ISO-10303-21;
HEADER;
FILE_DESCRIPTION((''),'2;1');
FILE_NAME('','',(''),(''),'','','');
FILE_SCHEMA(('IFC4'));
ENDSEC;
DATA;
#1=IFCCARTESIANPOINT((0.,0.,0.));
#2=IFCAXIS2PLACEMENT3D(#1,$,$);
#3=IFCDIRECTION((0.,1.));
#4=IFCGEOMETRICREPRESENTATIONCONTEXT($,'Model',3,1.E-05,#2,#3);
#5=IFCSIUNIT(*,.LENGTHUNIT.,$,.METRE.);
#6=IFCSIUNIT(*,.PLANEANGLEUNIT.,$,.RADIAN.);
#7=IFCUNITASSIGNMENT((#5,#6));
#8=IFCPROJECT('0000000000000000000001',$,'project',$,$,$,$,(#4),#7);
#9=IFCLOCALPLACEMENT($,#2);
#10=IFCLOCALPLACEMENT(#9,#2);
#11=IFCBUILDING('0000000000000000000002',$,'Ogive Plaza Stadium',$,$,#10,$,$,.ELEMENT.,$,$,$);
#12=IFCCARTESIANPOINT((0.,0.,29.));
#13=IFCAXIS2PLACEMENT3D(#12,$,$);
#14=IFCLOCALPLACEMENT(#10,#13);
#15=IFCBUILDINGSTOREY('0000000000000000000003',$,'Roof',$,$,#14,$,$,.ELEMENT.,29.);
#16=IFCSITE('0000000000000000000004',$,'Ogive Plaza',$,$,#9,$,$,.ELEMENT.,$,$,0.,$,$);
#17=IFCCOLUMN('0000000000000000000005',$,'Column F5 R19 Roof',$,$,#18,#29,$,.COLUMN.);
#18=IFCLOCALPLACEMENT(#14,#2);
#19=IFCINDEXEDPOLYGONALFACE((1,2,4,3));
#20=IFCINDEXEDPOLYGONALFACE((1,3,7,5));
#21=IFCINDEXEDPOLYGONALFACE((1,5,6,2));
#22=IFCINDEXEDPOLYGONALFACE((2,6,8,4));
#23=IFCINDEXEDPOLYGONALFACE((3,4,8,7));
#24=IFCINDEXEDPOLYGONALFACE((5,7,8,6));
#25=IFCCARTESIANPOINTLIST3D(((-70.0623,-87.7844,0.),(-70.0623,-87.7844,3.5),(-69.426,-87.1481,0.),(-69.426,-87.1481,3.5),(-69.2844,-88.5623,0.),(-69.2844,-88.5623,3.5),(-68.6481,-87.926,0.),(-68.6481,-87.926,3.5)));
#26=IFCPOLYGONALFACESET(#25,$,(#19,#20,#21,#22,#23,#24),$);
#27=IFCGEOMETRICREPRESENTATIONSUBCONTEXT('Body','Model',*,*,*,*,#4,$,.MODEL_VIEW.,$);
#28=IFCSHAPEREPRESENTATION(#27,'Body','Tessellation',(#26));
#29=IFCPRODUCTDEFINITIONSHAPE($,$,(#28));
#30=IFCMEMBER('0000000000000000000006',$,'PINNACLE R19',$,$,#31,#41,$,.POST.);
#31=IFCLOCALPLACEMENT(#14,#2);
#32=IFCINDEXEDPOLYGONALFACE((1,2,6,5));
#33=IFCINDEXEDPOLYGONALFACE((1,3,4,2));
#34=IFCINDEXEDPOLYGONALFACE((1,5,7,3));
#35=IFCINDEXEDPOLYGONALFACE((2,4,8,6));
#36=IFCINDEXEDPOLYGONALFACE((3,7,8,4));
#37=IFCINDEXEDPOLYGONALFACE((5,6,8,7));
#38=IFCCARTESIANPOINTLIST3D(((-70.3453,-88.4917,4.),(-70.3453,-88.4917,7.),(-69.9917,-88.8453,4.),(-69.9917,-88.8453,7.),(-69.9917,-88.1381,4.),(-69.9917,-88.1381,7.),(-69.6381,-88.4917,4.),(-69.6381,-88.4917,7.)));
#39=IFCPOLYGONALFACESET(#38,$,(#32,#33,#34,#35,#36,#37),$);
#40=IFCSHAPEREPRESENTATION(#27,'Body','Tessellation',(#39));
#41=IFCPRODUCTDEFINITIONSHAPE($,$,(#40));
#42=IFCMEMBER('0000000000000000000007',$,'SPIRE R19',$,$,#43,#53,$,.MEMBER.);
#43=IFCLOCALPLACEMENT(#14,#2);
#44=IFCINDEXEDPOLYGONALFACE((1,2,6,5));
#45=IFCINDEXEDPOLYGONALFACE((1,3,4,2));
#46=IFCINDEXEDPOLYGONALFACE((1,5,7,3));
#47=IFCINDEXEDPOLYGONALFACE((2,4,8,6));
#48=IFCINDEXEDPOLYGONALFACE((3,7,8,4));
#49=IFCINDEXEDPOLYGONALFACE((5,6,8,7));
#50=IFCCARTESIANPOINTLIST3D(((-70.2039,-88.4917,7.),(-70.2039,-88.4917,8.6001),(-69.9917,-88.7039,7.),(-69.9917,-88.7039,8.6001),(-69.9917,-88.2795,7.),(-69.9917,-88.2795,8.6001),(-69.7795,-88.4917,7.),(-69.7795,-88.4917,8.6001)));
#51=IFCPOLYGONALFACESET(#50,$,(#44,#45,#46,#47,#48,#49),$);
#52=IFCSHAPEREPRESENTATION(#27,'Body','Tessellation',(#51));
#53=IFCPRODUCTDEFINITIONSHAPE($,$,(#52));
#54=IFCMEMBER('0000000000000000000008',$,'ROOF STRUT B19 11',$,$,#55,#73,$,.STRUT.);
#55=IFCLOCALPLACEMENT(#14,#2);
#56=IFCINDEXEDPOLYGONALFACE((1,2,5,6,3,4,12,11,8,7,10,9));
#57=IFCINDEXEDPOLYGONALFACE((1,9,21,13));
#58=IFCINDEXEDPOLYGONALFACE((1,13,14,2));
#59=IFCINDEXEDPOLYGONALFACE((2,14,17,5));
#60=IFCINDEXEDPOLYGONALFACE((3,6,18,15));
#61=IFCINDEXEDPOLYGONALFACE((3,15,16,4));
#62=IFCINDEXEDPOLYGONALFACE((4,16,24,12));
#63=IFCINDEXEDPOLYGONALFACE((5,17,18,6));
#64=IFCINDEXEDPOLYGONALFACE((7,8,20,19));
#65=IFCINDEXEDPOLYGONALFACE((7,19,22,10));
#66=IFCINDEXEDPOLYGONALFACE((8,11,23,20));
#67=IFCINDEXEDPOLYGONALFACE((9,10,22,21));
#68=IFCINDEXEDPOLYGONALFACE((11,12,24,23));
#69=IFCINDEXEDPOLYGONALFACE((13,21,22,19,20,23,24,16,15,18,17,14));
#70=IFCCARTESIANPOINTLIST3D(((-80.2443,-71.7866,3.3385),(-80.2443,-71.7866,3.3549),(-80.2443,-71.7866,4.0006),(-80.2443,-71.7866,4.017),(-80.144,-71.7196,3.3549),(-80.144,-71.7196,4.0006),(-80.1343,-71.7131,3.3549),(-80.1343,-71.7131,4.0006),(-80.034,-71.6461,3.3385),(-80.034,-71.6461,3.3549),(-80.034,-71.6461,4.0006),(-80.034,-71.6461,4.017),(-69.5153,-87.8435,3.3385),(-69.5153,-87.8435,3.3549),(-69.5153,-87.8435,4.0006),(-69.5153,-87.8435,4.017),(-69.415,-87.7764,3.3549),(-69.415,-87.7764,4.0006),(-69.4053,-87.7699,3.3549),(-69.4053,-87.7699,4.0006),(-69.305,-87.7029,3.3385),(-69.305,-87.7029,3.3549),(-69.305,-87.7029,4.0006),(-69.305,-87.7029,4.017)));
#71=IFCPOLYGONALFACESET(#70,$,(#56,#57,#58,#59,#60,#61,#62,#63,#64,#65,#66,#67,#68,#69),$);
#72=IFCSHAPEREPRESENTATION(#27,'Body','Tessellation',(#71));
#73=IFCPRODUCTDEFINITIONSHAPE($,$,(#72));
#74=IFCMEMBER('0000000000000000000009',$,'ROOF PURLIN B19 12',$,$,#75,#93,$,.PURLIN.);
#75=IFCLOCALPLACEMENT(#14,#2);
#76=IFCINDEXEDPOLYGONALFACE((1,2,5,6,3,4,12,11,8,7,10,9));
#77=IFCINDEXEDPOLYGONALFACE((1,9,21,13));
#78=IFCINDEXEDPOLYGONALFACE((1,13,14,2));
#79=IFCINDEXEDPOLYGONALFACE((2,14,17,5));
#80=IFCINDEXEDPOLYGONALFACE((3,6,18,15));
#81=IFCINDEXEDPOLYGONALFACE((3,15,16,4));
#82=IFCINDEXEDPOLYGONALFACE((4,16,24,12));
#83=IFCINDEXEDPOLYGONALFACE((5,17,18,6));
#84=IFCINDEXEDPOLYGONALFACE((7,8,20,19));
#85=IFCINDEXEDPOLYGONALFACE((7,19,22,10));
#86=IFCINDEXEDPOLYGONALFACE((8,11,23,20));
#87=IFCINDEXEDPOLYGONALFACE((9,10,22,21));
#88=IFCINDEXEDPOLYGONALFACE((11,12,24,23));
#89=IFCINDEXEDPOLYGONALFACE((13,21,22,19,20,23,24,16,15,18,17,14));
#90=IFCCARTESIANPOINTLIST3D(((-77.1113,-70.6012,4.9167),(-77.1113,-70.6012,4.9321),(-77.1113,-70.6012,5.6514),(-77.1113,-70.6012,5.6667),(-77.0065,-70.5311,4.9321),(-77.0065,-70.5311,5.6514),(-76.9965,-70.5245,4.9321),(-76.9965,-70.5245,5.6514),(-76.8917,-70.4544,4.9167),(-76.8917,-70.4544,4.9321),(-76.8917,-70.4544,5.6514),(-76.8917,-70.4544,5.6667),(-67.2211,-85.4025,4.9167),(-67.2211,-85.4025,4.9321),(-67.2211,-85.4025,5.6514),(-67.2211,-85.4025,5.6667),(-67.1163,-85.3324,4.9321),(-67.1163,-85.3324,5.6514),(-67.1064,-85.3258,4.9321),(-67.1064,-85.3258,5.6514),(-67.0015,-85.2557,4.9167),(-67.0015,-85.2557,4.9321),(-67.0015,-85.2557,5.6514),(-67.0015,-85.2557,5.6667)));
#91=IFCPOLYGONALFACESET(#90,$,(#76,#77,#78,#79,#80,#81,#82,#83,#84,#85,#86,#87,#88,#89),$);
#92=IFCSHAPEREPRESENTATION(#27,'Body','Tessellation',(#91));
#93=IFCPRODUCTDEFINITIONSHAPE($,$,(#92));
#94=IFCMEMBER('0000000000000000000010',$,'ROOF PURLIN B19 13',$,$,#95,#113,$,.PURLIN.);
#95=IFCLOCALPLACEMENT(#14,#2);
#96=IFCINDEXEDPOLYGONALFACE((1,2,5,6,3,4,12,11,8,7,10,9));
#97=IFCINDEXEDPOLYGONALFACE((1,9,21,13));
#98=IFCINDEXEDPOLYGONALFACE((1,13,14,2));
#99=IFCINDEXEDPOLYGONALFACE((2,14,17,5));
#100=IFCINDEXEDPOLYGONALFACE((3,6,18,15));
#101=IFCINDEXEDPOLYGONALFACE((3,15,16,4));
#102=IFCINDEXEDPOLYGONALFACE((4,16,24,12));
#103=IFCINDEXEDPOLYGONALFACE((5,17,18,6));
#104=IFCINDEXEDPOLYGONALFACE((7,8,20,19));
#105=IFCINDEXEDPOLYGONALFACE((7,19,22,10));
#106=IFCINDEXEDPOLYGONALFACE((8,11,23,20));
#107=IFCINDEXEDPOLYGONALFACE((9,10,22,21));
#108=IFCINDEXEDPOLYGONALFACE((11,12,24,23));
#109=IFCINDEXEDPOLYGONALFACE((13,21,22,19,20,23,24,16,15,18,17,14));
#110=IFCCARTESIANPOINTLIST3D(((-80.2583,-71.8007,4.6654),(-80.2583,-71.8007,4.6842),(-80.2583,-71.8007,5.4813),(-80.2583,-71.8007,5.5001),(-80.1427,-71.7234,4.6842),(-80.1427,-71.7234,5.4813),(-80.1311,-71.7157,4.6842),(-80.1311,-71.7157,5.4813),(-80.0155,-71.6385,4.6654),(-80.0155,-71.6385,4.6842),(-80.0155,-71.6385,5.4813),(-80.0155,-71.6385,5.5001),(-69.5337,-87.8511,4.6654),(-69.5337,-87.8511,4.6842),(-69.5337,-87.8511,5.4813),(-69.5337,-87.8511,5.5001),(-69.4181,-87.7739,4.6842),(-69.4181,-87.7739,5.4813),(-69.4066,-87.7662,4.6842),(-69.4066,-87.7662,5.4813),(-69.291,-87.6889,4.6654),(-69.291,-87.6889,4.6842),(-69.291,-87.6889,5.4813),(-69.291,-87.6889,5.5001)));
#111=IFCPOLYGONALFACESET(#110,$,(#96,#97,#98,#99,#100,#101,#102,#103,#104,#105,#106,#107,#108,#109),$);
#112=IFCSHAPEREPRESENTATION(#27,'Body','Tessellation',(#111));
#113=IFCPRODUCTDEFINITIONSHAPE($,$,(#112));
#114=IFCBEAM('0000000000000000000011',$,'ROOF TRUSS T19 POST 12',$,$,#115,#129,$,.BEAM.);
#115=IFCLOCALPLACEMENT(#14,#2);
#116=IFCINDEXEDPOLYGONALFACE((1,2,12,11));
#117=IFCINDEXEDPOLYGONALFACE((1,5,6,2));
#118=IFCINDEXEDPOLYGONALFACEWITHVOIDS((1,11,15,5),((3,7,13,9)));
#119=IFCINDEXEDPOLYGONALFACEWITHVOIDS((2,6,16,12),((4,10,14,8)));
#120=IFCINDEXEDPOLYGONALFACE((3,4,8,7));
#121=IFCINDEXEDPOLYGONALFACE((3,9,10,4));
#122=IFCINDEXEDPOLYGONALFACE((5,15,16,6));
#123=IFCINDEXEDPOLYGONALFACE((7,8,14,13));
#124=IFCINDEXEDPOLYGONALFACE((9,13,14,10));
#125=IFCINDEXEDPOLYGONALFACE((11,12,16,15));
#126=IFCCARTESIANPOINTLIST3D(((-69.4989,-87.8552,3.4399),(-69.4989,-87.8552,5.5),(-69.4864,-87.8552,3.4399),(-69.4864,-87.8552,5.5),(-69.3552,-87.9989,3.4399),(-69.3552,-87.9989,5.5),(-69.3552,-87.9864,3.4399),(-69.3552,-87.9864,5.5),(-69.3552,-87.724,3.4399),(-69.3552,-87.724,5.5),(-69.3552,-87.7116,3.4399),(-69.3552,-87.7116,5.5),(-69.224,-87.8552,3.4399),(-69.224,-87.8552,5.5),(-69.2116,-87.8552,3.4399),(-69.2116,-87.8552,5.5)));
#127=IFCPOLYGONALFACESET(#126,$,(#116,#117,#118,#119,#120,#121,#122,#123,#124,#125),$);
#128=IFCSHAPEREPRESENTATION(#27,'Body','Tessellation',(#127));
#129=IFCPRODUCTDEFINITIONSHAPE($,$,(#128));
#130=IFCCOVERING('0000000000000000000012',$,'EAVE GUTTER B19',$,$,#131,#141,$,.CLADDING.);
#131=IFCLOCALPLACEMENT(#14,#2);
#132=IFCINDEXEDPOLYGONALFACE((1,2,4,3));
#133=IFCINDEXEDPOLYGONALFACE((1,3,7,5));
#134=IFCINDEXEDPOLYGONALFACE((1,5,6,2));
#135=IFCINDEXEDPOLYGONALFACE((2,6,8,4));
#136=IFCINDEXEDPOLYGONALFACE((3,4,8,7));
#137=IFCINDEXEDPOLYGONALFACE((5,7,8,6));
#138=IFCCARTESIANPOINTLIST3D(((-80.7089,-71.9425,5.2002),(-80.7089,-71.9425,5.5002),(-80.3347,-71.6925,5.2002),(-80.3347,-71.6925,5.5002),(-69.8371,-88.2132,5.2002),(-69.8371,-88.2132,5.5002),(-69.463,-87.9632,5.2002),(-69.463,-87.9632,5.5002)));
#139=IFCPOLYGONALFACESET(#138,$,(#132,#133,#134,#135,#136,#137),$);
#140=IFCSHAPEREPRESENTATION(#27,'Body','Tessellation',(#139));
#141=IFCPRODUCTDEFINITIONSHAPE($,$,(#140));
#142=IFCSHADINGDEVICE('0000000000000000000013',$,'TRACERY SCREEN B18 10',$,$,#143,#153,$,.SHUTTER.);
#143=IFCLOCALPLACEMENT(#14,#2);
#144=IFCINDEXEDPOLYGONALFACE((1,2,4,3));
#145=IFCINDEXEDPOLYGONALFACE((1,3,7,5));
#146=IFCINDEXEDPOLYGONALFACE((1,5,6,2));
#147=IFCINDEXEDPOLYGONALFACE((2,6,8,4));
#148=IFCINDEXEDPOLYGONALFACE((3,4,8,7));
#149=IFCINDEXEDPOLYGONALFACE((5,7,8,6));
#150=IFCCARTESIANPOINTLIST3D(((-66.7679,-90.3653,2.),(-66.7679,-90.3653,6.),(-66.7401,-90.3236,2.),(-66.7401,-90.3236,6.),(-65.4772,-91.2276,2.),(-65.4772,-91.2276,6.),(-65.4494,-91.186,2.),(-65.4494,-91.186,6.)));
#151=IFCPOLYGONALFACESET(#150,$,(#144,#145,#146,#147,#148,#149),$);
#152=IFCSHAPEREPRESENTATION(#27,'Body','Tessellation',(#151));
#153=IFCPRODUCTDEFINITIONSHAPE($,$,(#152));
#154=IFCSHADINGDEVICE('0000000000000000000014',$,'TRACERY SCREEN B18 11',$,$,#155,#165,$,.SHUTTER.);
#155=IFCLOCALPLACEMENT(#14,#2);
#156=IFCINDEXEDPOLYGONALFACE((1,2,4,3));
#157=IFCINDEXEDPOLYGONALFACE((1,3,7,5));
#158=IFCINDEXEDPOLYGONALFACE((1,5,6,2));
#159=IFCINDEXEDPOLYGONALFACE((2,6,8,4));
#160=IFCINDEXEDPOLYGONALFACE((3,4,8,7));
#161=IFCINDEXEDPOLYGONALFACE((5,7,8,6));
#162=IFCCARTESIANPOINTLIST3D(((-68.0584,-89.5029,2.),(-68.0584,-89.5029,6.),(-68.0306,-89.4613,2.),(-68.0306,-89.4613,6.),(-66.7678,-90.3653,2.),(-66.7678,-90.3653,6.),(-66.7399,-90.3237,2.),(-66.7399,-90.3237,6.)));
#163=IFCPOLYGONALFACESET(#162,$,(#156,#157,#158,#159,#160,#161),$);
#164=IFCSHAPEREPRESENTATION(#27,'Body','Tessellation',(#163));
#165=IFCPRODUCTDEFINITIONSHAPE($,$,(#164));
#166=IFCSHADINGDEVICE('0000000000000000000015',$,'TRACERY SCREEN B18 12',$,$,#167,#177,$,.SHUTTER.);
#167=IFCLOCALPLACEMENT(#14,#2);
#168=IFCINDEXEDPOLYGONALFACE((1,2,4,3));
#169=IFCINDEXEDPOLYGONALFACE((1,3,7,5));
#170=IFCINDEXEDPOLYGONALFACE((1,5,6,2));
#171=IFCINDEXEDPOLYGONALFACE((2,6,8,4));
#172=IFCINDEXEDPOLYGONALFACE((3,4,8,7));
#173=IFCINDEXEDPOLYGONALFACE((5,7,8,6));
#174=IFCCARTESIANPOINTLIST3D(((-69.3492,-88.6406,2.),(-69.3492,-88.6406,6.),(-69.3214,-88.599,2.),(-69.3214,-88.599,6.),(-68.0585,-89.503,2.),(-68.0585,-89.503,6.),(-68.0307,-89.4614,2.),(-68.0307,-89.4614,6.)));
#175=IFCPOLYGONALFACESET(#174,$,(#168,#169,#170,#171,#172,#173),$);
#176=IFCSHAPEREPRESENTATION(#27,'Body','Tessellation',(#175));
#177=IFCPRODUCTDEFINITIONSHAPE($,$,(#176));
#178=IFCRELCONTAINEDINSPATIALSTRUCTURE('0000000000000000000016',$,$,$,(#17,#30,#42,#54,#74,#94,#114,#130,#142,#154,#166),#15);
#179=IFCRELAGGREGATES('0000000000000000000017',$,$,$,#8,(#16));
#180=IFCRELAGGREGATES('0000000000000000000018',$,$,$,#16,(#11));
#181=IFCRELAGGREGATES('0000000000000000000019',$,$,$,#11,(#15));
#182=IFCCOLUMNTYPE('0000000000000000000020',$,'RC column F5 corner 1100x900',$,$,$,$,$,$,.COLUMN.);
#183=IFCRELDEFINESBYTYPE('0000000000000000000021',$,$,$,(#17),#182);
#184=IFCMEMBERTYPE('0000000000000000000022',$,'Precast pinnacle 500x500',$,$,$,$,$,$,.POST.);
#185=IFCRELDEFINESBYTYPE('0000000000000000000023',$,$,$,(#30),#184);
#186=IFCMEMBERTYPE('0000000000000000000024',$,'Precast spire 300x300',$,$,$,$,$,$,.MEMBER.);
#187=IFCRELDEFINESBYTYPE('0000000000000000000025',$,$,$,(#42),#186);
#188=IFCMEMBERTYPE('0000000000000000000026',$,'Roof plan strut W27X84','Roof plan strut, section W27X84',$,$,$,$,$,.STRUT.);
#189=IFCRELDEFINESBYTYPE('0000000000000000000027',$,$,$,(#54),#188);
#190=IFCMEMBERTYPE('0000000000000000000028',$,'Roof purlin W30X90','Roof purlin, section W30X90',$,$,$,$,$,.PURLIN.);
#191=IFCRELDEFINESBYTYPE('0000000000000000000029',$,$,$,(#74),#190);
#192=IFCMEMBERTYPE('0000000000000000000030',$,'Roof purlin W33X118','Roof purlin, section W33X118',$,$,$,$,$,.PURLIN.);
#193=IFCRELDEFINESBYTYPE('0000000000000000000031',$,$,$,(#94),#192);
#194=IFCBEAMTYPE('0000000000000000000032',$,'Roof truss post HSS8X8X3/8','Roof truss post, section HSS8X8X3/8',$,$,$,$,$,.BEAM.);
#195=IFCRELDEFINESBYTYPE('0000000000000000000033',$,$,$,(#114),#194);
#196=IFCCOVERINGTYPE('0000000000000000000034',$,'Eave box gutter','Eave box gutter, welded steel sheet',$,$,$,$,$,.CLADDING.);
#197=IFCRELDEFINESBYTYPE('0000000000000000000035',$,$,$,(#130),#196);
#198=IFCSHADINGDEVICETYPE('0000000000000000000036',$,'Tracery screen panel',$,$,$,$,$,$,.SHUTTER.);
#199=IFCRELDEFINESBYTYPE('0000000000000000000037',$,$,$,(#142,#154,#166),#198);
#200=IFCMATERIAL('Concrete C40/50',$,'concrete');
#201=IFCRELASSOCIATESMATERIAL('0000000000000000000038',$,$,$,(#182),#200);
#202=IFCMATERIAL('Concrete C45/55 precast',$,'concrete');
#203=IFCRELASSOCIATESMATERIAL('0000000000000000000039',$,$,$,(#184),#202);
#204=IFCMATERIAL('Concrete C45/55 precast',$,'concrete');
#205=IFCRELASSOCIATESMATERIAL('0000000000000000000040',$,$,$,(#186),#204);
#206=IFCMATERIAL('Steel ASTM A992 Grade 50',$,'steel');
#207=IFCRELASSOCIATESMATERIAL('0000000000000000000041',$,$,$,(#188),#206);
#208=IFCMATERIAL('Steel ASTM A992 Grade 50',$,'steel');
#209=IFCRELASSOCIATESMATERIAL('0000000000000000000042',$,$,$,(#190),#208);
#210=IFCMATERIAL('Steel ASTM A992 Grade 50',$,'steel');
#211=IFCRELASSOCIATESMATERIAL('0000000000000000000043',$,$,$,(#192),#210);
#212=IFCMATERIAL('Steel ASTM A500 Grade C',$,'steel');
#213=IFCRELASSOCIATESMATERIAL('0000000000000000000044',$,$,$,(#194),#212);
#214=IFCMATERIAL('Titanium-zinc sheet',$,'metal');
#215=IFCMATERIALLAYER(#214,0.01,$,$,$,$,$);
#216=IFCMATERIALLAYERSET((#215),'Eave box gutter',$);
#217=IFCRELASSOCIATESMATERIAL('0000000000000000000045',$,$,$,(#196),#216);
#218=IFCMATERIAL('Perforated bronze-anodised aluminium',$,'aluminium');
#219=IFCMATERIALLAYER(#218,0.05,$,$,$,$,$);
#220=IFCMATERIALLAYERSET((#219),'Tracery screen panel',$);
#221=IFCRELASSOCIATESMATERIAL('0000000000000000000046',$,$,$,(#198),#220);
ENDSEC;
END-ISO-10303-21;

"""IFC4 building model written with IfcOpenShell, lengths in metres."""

from ifc_helpers import new_model, si_unit, direction, frame, origin, origin_2d, place, context, subcontext, project, spatial, rectangle, hollow_rectangle, i_section, extrude, material, layer, layer_set, material_profile, profile_set, type_object, element, save


model = new_model("IFC4")

# Units and contexts
model_context = context("Model", 3, precision=1e-05, world=origin(), true_north=direction((0.0, 1.0)))
body_context = subcontext(model_context, "Body", "Model", "MODEL_VIEW")
ifc_project = project(units=[si_unit("LENGTHUNIT", "METRE"), si_unit("PLANEANGLEUNIT", "RADIAN")], contexts=[model_context])

# Site, building, storey
site_placement = place(None, origin())
site = spatial("IfcSite", under=ifc_project, at=site_placement, Name="Ogive Plaza", CompositionType="ELEMENT", RefElevation=0.0)
building_placement = place(site_placement, origin())
building = spatial("IfcBuilding", under=site, at=building_placement, Name="Ogive Plaza Stadium", CompositionType="ELEMENT")
storey_placement = place(building_placement, frame((0.0, 0.0, 29.0)))
storey = spatial("IfcBuildingStorey", under=building, at=storey_placement, Name="Roof", CompositionType="ELEMENT", Elevation=29.0)

# Column
ifc_material_1 = material(Name="Concrete C40/50", Category="concrete")
ifc_material_profile_1 = material_profile(ifc_material_1, rectangle(XDim=1.1001, YDim=0.8999, at=origin_2d()), Name="RC 1100x900")
ifc_profile_set_1 = profile_set([ifc_material_profile_1], Name="Concrete C40/50")
column_type = type_object("IfcColumnType", Name="RC column F5 corner 1100x900", PredefinedType="COLUMN", material=ifc_profile_set_1)
column_placement = place(storey_placement, frame((-69.3552, -87.8552, 0.0), z_axis=(0.0, 0.0, 1.0), x_axis=(0.707107, -0.707107, 0.0)))
element("IfcColumn", 1, at=column_placement, inside=storey, type_object=column_type, Name="Column F5 R19 Roof", PredefinedType="COLUMN", context=body_context, shape_type="SweptSolid", body=[
    extrude(rectangle(XDim=1.1001, YDim=0.8999, at=origin_2d()), origin(), (0.0, 0.0, 1.0), 3.5),
])

# Members
ifc_material_2 = material(Name="Concrete C45/55 precast", Category="concrete")
ifc_material_profile_2 = material_profile(ifc_material_2, rectangle(XDim=0.5, YDim=0.5, at=origin_2d()), Name="RC 500x500")
ifc_profile_set_2 = profile_set([ifc_material_profile_2], Name="Concrete C45/55 precast")
member_type_1 = type_object("IfcMemberType", Name="Precast pinnacle 500x500", PredefinedType="POST", material=ifc_profile_set_2)
member_1_placement = place(storey_placement, frame((-69.9917, -88.4917, 4.0), z_axis=(0.0, 0.0, 1.0), x_axis=(0.707107, -0.707107, 0.0)))
element("IfcMember", 2, at=member_1_placement, inside=storey, type_object=member_type_1, Name="PINNACLE R19", PredefinedType="POST", context=body_context, shape_type="SweptSolid", body=[
    extrude(rectangle(XDim=0.5, YDim=0.5, at=origin_2d()), origin(), (0.0, 0.0, 1.0), 3.0),
])
ifc_material_3 = material(Name="Concrete C45/55 precast", Category="concrete")
ifc_material_profile_3 = material_profile(ifc_material_3, rectangle(XDim=0.3, YDim=0.3, at=origin_2d()), Name="RC 300x300")
ifc_profile_set_3 = profile_set([ifc_material_profile_3], Name="Concrete C45/55 precast")
member_type_2 = type_object("IfcMemberType", Name="Precast spire 300x300", PredefinedType="MEMBER", material=ifc_profile_set_3)
member_2_placement = place(storey_placement, frame((-69.9917, -88.4917, 7.0), z_axis=(0.0, 0.0, 1.0), x_axis=(0.707107, -0.707107, 0.0)))
element("IfcMember", 3, at=member_2_placement, inside=storey, type_object=member_type_2, Name="SPIRE R19", PredefinedType="MEMBER", context=body_context, shape_type="SweptSolid", body=[
    extrude(rectangle(XDim=0.3, YDim=0.3, at=origin_2d()), origin(), (0.0, 0.0, 1.0), 1.6001),
])
ifc_material_4 = material(Name="Steel ASTM A992 Grade 50", Category="steel")
ifc_material_profile_4 = material_profile(ifc_material_4, i_section(OverallWidth=0.2529, OverallDepth=0.6785, WebThickness=0.0117, FlangeThickness=0.0164, at=origin_2d()), Name="W27X84")
ifc_profile_set_4 = profile_set([ifc_material_profile_4], Name="Steel ASTM A992 Grade 50")
member_type_3 = type_object("IfcMemberType", Name="Roof plan strut W27X84", Description="Roof plan strut, section W27X84", PredefinedType="STRUT", material=ifc_profile_set_4)
member_3_placement = place(storey_placement, frame((-69.4102, -87.7732, 3.6777), z_axis=(-0.555575, 0.831466, 0.0), x_axis=(-0.831466, -0.555575, 0.0)))
element("IfcMember", 4, at=member_3_placement, inside=storey, type_object=member_type_3, Name="ROOF STRUT B19 11", PredefinedType="STRUT", context=body_context, shape_type="SweptSolid", body=[
    extrude(i_section(OverallWidth=0.2529, OverallDepth=0.6785, WebThickness=0.0117, FlangeThickness=0.0164, at=origin_2d()), origin(), (0.0, 0.0, 1.0), 19.3115),
])
ifc_material_5 = material(Name="Steel ASTM A992 Grade 50", Category="steel")
ifc_material_profile_5 = material_profile(ifc_material_5, i_section(OverallWidth=0.2642, OverallDepth=0.75, WebThickness=0.012, FlangeThickness=0.0154, at=origin_2d()), Name="W30X90")
ifc_profile_set_5 = profile_set([ifc_material_profile_5], Name="Steel ASTM A992 Grade 50")
member_type_4 = type_object("IfcMemberType", Name="Roof purlin W30X90", Description="Roof purlin, section W30X90", PredefinedType="PURLIN", material=ifc_profile_set_5)
member_4_placement = place(storey_placement, frame((-67.1113, -85.3291, 5.2917), z_axis=(-0.55558, 0.831463, 0.0), x_axis=(-0.831463, -0.55558, 0.0)))
element("IfcMember", 5, at=member_4_placement, inside=storey, type_object=member_type_4, Name="ROOF PURLIN B19 12", PredefinedType="PURLIN", context=body_context, shape_type="SweptSolid", body=[
    extrude(i_section(OverallWidth=0.2642, OverallDepth=0.75, WebThickness=0.012, FlangeThickness=0.0154, at=origin_2d()), origin(), (0.0, 0.0, 1.0), 17.8015),
])
ifc_material_6 = material(Name="Steel ASTM A992 Grade 50", Category="steel")
ifc_material_profile_6 = material_profile(ifc_material_6, i_section(OverallWidth=0.292, OverallDepth=0.8347, WebThickness=0.0139, FlangeThickness=0.0188, at=origin_2d()), Name="W33X118")
ifc_profile_set_6 = profile_set([ifc_material_profile_6], Name="Steel ASTM A992 Grade 50")
member_type_5 = type_object("IfcMemberType", Name="Roof purlin W33X118", Description="Roof purlin, section W33X118", PredefinedType="PURLIN", material=ifc_profile_set_6)
member_5_placement = place(storey_placement, frame((-69.4124, -87.77, 5.0828), z_axis=(-0.55557, 0.83147, 0.0), x_axis=(-0.83147, -0.55557, 0.0)))
element("IfcMember", 6, at=member_5_placement, inside=storey, type_object=member_type_5, Name="ROOF PURLIN B19 13", PredefinedType="PURLIN", context=body_context, shape_type="SweptSolid", body=[
    extrude(i_section(OverallWidth=0.292, OverallDepth=0.8347, WebThickness=0.0139, FlangeThickness=0.0188, at=origin_2d()), origin(), (0.0, 0.0, 1.0), 19.3037),
])

# Beam
ifc_material_7 = material(Name="Steel ASTM A500 Grade C", Category="steel")
ifc_material_profile_7 = material_profile(ifc_material_7, hollow_rectangle(XDim=0.2031, YDim=0.2031, WallThickness=0.0088, at=origin_2d()), Name="HSS8X8X3/8")
ifc_profile_set_7 = profile_set([ifc_material_profile_7], Name="Steel ASTM A500 Grade C")
beam_type = type_object("IfcBeamType", Name="Roof truss post HSS8X8X3/8", Description="Roof truss post, section HSS8X8X3/8", PredefinedType="BEAM", material=ifc_profile_set_7)
beam_placement = place(storey_placement, frame((-69.3552, -87.8552, 3.4399), z_axis=(0.0, 0.0, 1.0), x_axis=(0.707107, -0.707107, 0.0)))
element("IfcBeam", 7, at=beam_placement, inside=storey, type_object=beam_type, Name="ROOF TRUSS T19 POST 12", PredefinedType="BEAM", context=body_context, shape_type="SweptSolid", body=[
    extrude(hollow_rectangle(XDim=0.2031, YDim=0.2031, WallThickness=0.0088, at=origin_2d()), origin(), (0.0, 0.0, 1.0), 2.0601),
])

# Covering
ifc_material_8 = material(Name="Titanium-zinc sheet", Category="metal")
ifc_layer_1 = layer(ifc_material_8, 0.01)
ifc_layer_set_1 = layer_set([ifc_layer_1], Name="Eave box gutter")
covering_type = type_object("IfcCoveringType", Name="Eave box gutter", Description="Eave box gutter, welded steel sheet", PredefinedType="CLADDING", material=ifc_layer_set_1)
covering_placement = place(storey_placement, frame((-75.0859, -79.9529, 5.2002), z_axis=(0.0, 0.0, 1.0), x_axis=(-0.55557, 0.83147, 0.0)))
element("IfcCovering", 8, at=covering_placement, inside=storey, type_object=covering_type, Name="EAVE GUTTER B19", PredefinedType="CLADDING", context=body_context, shape_type="SweptSolid", body=[
    extrude(rectangle(XDim=19.5686, YDim=0.45, at=origin_2d()), origin(), (0.0, 0.0, 1.0), 0.3),
])

# Shading devices
ifc_material_9 = material(Name="Perforated bronze-anodised aluminium", Category="aluminium")
ifc_layer_2 = layer(ifc_material_9, 0.05)
ifc_layer_set_2 = layer_set([ifc_layer_2], Name="Tracery screen panel")
shading_device_type = type_object("IfcShadingDeviceType", Name="Tracery screen panel", PredefinedType="SHUTTER", material=ifc_layer_set_2)
for number, where, z_axis, x_axis, name in (
    (9, (-66.1086, -90.7756, 2.0), (0.0, 0.0, 1.0), (-0.83147, 0.55557, 0.0), "TRACERY SCREEN B18 10"),
    (10, (-67.3992, -89.9133, 2.0), (0.0, 0.0, 1.0), (-0.83147, 0.55557, 0.0), "TRACERY SCREEN B18 11"),
    (11, (-68.6899, -89.051, 2.0), (0.0, 0.0, 1.0), (-0.83147, 0.55557, 0.0), "TRACERY SCREEN B18 12"),
):
    element("IfcShadingDevice", number, at=place(storey_placement, frame(where, z_axis=z_axis, x_axis=x_axis)), inside=storey, type_object=shading_device_type, Name=name, PredefinedType="SHUTTER", context=body_context, shape_type="SweptSolid", body=[
        extrude(rectangle(XDim=1.5522, YDim=0.05, at=origin_2d()), origin(), (0.0, 0.0, 1.0), 4.0),
    ])

save(model, "model.ifc")
